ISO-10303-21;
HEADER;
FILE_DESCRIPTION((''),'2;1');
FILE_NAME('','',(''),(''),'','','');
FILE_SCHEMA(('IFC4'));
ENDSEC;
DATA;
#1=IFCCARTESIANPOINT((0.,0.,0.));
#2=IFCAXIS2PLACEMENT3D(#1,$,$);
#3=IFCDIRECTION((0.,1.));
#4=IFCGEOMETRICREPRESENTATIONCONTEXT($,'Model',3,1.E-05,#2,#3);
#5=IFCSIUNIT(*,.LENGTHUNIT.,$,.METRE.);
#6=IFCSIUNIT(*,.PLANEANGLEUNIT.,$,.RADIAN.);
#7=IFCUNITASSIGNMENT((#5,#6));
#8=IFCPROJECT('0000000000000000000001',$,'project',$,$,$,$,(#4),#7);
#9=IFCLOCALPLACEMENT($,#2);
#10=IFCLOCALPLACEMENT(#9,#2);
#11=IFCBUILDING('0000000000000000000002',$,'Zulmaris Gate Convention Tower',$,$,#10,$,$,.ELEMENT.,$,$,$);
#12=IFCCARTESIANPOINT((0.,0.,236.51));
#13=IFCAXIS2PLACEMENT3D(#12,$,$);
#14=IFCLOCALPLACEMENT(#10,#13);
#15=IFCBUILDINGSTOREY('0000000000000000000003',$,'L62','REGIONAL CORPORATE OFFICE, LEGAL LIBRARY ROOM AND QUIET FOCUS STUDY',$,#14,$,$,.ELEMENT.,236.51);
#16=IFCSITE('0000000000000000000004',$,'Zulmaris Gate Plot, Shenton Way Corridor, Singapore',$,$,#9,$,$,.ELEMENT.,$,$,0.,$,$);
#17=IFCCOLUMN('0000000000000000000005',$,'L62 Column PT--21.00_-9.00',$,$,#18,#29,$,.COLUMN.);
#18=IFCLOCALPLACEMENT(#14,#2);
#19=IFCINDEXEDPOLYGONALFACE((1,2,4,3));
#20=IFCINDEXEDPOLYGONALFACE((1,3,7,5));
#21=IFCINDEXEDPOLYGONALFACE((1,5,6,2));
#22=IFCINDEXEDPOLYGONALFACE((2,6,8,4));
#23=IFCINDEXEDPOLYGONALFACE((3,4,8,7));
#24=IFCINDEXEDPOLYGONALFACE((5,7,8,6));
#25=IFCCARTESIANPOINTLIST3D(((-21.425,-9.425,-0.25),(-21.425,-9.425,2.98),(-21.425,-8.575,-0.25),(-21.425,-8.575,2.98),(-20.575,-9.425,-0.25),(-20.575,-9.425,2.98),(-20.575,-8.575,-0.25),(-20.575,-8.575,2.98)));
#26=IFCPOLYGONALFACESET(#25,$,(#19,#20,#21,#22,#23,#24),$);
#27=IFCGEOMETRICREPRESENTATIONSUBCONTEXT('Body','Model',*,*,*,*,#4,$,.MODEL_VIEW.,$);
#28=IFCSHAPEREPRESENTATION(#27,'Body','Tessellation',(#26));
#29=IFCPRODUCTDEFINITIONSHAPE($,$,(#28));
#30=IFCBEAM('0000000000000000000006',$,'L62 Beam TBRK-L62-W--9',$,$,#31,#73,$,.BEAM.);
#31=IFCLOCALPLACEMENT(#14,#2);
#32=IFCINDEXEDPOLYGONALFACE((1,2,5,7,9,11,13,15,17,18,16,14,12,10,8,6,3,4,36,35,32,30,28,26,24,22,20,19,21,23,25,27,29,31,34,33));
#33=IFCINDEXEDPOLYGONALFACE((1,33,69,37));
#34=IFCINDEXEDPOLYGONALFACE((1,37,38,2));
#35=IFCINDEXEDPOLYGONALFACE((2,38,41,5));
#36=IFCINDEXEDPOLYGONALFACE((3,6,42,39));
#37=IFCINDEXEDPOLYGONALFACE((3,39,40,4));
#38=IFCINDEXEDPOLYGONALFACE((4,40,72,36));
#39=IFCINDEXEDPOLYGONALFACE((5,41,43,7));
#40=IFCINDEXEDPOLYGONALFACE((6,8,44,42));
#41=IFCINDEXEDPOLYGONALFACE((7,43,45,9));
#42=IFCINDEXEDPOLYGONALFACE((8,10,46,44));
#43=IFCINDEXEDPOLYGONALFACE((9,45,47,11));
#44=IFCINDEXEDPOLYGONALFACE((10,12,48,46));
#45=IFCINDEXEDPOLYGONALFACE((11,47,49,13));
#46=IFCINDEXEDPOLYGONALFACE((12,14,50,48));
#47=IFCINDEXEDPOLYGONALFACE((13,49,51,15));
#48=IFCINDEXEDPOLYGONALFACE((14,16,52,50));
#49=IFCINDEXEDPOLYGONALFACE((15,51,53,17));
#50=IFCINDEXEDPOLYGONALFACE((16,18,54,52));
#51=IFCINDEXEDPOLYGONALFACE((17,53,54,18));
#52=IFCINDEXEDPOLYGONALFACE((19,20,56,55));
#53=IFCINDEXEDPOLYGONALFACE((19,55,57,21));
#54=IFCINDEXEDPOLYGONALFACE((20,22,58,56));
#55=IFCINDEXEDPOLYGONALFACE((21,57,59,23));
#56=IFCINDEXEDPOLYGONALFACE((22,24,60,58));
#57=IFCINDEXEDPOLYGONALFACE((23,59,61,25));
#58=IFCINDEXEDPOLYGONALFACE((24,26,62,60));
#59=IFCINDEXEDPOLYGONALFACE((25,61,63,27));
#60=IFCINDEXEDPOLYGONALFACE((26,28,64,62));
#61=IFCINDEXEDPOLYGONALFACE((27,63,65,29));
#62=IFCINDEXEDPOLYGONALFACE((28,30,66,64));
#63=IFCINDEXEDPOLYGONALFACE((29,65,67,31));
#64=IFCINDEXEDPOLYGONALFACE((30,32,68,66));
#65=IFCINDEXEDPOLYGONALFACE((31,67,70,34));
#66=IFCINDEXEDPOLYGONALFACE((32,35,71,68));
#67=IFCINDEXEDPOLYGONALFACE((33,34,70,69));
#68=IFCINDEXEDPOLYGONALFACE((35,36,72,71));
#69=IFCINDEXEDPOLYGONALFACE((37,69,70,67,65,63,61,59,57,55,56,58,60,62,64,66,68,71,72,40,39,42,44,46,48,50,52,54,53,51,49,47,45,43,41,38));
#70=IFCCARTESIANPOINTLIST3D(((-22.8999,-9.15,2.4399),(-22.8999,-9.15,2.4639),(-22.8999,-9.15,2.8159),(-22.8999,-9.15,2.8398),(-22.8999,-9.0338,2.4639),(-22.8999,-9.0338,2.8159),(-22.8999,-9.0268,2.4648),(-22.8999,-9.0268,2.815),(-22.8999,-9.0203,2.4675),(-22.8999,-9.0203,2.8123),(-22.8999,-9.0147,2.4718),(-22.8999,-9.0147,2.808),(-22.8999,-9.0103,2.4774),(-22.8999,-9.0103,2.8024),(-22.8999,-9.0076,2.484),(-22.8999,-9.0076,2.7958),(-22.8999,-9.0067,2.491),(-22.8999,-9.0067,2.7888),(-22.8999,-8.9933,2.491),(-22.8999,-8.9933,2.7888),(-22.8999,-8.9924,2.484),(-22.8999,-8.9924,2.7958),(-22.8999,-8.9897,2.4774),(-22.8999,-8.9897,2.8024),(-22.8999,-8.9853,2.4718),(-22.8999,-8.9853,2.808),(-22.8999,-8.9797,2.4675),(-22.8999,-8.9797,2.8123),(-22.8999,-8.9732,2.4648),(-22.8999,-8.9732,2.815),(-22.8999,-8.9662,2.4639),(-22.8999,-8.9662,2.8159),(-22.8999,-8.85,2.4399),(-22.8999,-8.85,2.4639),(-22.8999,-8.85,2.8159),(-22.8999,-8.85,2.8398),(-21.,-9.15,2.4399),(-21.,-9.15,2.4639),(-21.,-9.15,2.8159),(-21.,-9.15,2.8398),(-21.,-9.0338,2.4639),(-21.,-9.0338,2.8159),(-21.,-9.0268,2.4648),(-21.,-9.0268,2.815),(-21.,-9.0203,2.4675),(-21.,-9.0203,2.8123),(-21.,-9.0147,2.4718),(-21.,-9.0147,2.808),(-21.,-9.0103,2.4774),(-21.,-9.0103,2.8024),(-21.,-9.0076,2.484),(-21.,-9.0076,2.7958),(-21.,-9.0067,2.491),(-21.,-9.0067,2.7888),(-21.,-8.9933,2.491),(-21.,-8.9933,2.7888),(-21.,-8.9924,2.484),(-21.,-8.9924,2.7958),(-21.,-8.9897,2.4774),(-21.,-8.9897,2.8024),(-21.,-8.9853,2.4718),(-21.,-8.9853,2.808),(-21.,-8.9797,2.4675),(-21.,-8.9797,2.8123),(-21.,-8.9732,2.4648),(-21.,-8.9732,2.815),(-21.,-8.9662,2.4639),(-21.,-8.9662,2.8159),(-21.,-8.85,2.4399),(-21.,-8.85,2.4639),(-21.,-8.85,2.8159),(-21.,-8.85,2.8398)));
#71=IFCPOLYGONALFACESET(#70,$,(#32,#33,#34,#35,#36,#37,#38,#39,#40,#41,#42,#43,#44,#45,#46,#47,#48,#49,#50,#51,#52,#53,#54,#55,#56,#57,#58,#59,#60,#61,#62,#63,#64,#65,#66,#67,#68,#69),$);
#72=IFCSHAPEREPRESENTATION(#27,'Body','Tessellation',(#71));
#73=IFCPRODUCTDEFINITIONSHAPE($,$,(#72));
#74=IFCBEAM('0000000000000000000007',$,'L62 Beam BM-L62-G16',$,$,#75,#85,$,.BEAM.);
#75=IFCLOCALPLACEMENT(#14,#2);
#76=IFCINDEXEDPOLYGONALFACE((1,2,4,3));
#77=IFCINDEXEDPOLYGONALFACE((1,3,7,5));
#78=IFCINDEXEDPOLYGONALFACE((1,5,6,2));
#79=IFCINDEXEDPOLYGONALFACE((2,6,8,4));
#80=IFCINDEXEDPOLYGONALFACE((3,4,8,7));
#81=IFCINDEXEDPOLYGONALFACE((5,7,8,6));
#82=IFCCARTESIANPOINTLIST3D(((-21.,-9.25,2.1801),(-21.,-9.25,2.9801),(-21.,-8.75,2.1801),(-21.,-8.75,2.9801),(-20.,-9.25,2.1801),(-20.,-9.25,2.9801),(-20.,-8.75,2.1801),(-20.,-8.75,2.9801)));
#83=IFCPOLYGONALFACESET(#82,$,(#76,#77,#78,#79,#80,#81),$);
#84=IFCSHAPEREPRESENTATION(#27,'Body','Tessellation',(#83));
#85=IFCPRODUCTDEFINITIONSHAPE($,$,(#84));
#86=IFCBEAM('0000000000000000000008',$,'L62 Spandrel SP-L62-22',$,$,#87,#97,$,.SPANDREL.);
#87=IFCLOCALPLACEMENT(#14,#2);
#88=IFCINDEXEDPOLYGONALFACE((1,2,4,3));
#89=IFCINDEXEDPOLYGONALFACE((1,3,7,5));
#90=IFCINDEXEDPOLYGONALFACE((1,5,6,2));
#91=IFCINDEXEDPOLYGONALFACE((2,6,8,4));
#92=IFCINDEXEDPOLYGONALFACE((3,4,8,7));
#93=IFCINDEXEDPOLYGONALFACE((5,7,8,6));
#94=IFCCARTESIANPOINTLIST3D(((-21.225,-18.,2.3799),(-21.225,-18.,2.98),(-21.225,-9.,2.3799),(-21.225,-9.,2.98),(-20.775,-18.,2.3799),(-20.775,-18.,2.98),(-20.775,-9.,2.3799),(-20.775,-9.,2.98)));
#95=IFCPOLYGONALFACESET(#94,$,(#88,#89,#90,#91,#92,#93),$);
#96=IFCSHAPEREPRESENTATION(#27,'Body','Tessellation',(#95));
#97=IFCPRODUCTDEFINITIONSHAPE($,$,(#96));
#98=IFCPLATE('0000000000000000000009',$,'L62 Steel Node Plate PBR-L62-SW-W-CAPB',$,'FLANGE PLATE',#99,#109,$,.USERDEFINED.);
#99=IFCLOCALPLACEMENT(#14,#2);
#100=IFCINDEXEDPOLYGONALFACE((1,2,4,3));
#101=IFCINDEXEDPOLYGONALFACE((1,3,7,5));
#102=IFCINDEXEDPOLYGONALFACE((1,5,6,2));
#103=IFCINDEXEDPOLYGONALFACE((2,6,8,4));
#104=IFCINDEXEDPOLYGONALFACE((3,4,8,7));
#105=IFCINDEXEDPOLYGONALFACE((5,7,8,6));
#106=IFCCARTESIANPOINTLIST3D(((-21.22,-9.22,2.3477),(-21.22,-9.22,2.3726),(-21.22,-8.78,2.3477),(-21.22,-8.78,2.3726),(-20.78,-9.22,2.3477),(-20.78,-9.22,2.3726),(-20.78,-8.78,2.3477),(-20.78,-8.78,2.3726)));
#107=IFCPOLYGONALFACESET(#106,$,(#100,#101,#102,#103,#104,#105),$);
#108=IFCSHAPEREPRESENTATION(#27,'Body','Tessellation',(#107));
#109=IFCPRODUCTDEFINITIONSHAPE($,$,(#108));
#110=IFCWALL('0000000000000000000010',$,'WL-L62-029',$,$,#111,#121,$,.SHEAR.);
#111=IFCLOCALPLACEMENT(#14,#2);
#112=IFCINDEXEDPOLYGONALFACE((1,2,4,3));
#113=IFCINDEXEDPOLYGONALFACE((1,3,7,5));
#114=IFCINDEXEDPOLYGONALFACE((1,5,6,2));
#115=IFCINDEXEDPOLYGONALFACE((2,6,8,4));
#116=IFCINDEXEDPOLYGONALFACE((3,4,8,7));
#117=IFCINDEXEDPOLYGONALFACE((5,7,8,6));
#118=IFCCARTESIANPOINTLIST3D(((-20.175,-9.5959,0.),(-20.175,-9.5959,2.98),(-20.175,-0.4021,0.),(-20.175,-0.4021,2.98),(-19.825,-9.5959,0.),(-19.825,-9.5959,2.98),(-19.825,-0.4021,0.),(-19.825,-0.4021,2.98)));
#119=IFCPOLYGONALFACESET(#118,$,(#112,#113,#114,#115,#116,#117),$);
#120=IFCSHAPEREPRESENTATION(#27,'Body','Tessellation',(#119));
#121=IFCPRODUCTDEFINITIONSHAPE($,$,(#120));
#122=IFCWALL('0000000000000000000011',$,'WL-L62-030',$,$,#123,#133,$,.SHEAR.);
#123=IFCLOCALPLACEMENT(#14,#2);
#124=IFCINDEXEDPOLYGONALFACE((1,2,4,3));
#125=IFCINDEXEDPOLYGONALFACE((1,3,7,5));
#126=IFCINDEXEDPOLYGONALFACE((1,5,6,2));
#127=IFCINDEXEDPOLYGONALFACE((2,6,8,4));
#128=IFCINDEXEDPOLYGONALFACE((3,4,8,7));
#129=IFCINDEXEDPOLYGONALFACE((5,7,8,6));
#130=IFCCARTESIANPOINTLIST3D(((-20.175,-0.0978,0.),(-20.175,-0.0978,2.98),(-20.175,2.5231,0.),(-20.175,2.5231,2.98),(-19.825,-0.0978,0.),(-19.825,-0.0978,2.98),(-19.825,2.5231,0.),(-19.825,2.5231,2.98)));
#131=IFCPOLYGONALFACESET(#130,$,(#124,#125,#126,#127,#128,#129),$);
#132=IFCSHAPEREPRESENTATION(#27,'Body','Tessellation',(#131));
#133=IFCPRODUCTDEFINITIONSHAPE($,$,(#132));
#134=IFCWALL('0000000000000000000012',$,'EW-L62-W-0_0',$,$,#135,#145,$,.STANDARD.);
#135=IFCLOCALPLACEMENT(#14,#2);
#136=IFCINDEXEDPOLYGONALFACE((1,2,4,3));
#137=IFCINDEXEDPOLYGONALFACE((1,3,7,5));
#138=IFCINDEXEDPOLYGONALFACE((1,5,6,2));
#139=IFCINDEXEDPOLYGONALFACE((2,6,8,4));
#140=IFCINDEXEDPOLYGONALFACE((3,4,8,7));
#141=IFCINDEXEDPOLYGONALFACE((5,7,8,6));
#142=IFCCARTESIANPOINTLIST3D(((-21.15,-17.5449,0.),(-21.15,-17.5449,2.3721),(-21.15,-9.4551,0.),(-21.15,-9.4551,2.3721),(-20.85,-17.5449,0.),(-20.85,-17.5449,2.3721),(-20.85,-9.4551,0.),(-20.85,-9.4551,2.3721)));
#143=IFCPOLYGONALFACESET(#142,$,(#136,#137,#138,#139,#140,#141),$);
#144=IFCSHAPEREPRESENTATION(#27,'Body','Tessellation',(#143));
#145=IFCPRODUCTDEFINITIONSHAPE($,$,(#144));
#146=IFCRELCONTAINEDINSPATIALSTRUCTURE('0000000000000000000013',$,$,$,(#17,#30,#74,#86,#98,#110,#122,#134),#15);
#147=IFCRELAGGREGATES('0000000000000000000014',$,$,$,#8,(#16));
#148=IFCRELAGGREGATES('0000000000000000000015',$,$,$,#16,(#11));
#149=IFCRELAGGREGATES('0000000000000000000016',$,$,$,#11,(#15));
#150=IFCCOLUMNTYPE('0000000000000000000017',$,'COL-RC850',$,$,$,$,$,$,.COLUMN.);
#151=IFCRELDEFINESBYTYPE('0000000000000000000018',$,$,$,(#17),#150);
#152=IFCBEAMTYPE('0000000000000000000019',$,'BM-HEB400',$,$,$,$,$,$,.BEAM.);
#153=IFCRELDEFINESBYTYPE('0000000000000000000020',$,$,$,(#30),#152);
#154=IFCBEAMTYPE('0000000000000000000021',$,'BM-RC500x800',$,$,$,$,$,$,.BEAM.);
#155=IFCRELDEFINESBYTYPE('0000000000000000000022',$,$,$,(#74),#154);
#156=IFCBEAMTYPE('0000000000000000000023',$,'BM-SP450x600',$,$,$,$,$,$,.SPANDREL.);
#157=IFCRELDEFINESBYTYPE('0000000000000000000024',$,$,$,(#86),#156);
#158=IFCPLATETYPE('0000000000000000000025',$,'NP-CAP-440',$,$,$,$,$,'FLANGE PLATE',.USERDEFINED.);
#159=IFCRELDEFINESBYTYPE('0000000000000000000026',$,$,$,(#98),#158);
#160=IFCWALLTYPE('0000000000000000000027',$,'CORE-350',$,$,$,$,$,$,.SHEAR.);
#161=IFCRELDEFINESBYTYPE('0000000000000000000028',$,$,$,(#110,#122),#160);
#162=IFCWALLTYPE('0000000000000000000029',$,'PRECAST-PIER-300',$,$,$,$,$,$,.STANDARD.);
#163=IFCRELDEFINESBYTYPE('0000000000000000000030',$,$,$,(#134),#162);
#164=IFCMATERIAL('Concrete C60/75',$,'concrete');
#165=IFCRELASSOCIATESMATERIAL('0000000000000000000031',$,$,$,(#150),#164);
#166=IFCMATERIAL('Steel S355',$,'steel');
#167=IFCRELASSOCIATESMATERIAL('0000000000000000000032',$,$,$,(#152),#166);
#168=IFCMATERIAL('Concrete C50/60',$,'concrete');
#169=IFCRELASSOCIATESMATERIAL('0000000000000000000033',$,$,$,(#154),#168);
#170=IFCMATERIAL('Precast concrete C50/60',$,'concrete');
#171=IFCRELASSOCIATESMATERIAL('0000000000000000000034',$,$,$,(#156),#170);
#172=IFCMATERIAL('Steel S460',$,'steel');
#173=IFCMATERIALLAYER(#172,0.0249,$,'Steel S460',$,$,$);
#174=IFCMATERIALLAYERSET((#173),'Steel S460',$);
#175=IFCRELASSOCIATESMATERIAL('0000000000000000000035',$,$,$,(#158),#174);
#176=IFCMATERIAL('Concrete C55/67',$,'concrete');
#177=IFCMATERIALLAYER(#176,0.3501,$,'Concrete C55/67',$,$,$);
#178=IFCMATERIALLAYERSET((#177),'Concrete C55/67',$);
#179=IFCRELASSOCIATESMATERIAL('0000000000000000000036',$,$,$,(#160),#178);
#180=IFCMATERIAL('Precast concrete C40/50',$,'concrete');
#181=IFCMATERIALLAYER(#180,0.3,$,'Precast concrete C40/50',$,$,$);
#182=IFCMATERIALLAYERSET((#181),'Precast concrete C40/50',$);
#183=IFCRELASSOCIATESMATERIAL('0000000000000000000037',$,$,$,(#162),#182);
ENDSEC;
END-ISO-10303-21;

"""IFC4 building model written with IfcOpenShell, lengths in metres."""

from ifc_helpers import new_model, si_unit, direction, frame, frame_2d, origin, origin_2d, place, context, subcontext, project, spatial, rectangle, i_section, extrude, material, layer, layer_set, material_profile, profile_set, type_object, element, save


model = new_model("IFC4")

# Units and contexts
model_context = context("Model", 3, precision=1e-05, world=origin(), true_north=direction((0.0, 1.0)))
body_context = subcontext(model_context, "Body", "Model", "MODEL_VIEW")
ifc_project = project(units=[si_unit("LENGTHUNIT", "METRE"), si_unit("PLANEANGLEUNIT", "RADIAN")], contexts=[model_context])

# Site, building, storey
site_placement = place(None, origin())
site = spatial("IfcSite", under=ifc_project, at=site_placement, Name="Zulmaris Gate Plot, Shenton Way Corridor, Singapore", CompositionType="ELEMENT", RefElevation=0.0)
building_placement = place(site_placement, origin())
building = spatial("IfcBuilding", under=site, at=building_placement, Name="Zulmaris Gate Convention Tower", CompositionType="ELEMENT")
storey_placement = place(building_placement, frame((0.0, 0.0, 236.51)))
storey = spatial("IfcBuildingStorey", under=building, at=storey_placement, Name="L62", Description="REGIONAL CORPORATE OFFICE, LEGAL LIBRARY ROOM AND QUIET FOCUS STUDY", CompositionType="ELEMENT", Elevation=236.51)

# Column
ifc_material_1 = material(Name="Concrete C60/75", Category="concrete")
ifc_material_profile_1 = material_profile(ifc_material_1, rectangle(XDim=0.8501, YDim=0.8501, at=origin_2d()), Name="RC COL 850x850")
ifc_profile_set_1 = profile_set([ifc_material_profile_1], Name="Concrete C60/75")
column_type = type_object("IfcColumnType", Name="COL-RC850", PredefinedType="COLUMN", material=ifc_profile_set_1)
column_placement = place(storey_placement, frame((-21.0, -9.0, -0.25), z_axis=(0.0, 0.0, 1.0), x_axis=(1.0, 0.0, 0.0)))
element("IfcColumn", 1, at=column_placement, inside=storey, type_object=column_type, Name="L62 Column PT--21.00_-9.00", PredefinedType="COLUMN", context=body_context, shape_type="SweptSolid", body=[
    extrude(rectangle(XDim=0.8501, YDim=0.8501, at=origin_2d()), origin(), (0.0, 0.0, 1.0), 3.23),
])

# Beams
ifc_material_2 = material(Name="Steel S355", Category="steel")
ifc_material_profile_2 = material_profile(ifc_material_2, i_section(OverallWidth=0.3, OverallDepth=0.3999, WebThickness=0.0134, FlangeThickness=0.0239, FilletRadius=0.0271, at=origin_2d()), Name="HEB 400")
ifc_profile_set_2 = profile_set([ifc_material_profile_2], Name="Steel S355")
beam_type_1 = type_object("IfcBeamType", Name="BM-HEB400", PredefinedType="BEAM", material=ifc_profile_set_2)
beam_1_placement = place(storey_placement, frame((-22.8999, -9.0, 2.6399), z_axis=(1.0, 0.0, 0.0), x_axis=(0.0, 1.0, 0.0)))
element("IfcBeam", 2, at=beam_1_placement, inside=storey, type_object=beam_type_1, Name="L62 Beam TBRK-L62-W--9", PredefinedType="BEAM", context=body_context, shape_type="SweptSolid", body=[
    extrude(i_section(OverallWidth=0.3, OverallDepth=0.3999, WebThickness=0.0134, FlangeThickness=0.0239, FilletRadius=0.0271, at=origin_2d()), origin(), (0.0, 0.0, 1.0), 1.8999),
])
ifc_material_3 = material(Name="Concrete C50/60", Category="concrete")
ifc_material_profile_3 = material_profile(ifc_material_3, rectangle(XDim=0.5, YDim=0.8, at=origin_2d()), Name="RC BEAM 500x800")
ifc_profile_set_3 = profile_set([ifc_material_profile_3], Name="Concrete C50/60")
beam_type_2 = type_object("IfcBeamType", Name="BM-RC500x800", PredefinedType="BEAM", material=ifc_profile_set_3)
beam_2_placement = place(storey_placement, frame((-21.0, -9.0, 2.5801), z_axis=(1.0, 0.0, 0.0), x_axis=(0.0, 1.0, 0.0)))
element("IfcBeam", 3, at=beam_2_placement, inside=storey, type_object=beam_type_2, Name="L62 Beam BM-L62-G16", PredefinedType="BEAM", context=body_context, shape_type="SweptSolid", body=[
    extrude(rectangle(XDim=0.5, YDim=0.8, at=origin_2d()), origin(), (0.0, 0.0, 1.0), 1.0),
])
ifc_material_4 = material(Name="Precast concrete C50/60", Category="concrete")
ifc_material_profile_4 = material_profile(ifc_material_4, rectangle(XDim=0.45, YDim=0.6001, at=origin_2d()), Name="RC SPANDREL 450x600")
ifc_profile_set_4 = profile_set([ifc_material_profile_4], Name="Precast concrete C50/60")
beam_type_3 = type_object("IfcBeamType", Name="BM-SP450x600", PredefinedType="SPANDREL", material=ifc_profile_set_4)
beam_3_placement = place(storey_placement, frame((-21.0, -9.0, 2.6799), z_axis=(0.0, -1.0, 0.0), x_axis=(1.0, 0.0, 0.0)))
element("IfcBeam", 4, at=beam_3_placement, inside=storey, type_object=beam_type_3, Name="L62 Spandrel SP-L62-22", PredefinedType="SPANDREL", context=body_context, shape_type="SweptSolid", body=[
    extrude(rectangle(XDim=0.45, YDim=0.6001, at=origin_2d()), origin(), (0.0, 0.0, 1.0), 9.0),
])

# Plate
ifc_material_5 = material(Name="Steel S460", Category="steel")
ifc_layer_1 = layer(ifc_material_5, 0.0249, Name="Steel S460")
ifc_layer_set_1 = layer_set([ifc_layer_1], Name="Steel S460")
plate_type = type_object("IfcPlateType", Name="NP-CAP-440", ElementType="FLANGE PLATE", PredefinedType="USERDEFINED", material=ifc_layer_set_1)
plate_placement = place(storey_placement, frame((-21.0, -9.0, 2.3477), z_axis=(0.0, 0.0, 1.0), x_axis=(1.0, 0.0, 0.0)))
element("IfcPlate", 5, at=plate_placement, inside=storey, type_object=plate_type, Name="L62 Steel Node Plate PBR-L62-SW-W-CAPB", ObjectType="FLANGE PLATE", PredefinedType="USERDEFINED", context=body_context, shape_type="SweptSolid", body=[
    extrude(rectangle(XDim=0.4399, YDim=0.4399, at=origin_2d()), origin(), (0.0, 0.0, 1.0), 0.0249),
])

# Walls
ifc_material_6 = material(Name="Concrete C55/67", Category="concrete")
ifc_layer_2 = layer(ifc_material_6, 0.3501, Name="Concrete C55/67")
ifc_layer_set_2 = layer_set([ifc_layer_2], Name="Concrete C55/67")
wall_type_1 = type_object("IfcWallType", Name="CORE-350", PredefinedType="SHEAR", material=ifc_layer_set_2)
wall_1_placement = place(storey_placement, frame((-20.0, -9.5959, 0.0), z_axis=(0.0, 0.0, 1.0), x_axis=(0.0, 1.0, 0.0)))
element("IfcWall", 6, at=wall_1_placement, inside=storey, type_object=wall_type_1, Name="WL-L62-029", PredefinedType="SHEAR", context=body_context, shape_type="SweptSolid", body=[
    extrude(rectangle(XDim=9.1938, YDim=0.3501, at=frame_2d((4.5969, 0.0))), origin(), (0.0, 0.0, 1.0), 2.98),
])
wall_2_placement = place(storey_placement, frame((-20.0, -0.0979, 0.0), z_axis=(0.0, 0.0, 1.0), x_axis=(0.0, 1.0, 0.0)))
element("IfcWall", 7, at=wall_2_placement, inside=storey, type_object=wall_type_1, Name="WL-L62-030", PredefinedType="SHEAR", context=body_context, shape_type="SweptSolid", body=[
    extrude(rectangle(XDim=2.6208, YDim=0.3501, at=frame_2d((1.3105, 0.0))), origin(), (0.0, 0.0, 1.0), 2.98),
])
ifc_material_7 = material(Name="Precast concrete C40/50", Category="concrete")
ifc_layer_3 = layer(ifc_material_7, 0.3, Name="Precast concrete C40/50")
ifc_layer_set_3 = layer_set([ifc_layer_3], Name="Precast concrete C40/50")
wall_type_2 = type_object("IfcWallType", Name="PRECAST-PIER-300", PredefinedType="STANDARD", material=ifc_layer_set_3)
wall_3_placement = place(storey_placement, frame((-21.0, -9.4551, 0.0), z_axis=(0.0, 0.0, 1.0), x_axis=(0.0, -1.0, 0.0)))
element("IfcWall", 8, at=wall_3_placement, inside=storey, type_object=wall_type_2, Name="EW-L62-W-0_0", PredefinedType="STANDARD", context=body_context, shape_type="SweptSolid", body=[
    extrude(rectangle(XDim=8.0898, YDim=0.3, at=frame_2d((4.0449, 0.0))), origin(), (0.0, 0.0, 1.0), 2.3721),
])

save(model, "model.ifc")
